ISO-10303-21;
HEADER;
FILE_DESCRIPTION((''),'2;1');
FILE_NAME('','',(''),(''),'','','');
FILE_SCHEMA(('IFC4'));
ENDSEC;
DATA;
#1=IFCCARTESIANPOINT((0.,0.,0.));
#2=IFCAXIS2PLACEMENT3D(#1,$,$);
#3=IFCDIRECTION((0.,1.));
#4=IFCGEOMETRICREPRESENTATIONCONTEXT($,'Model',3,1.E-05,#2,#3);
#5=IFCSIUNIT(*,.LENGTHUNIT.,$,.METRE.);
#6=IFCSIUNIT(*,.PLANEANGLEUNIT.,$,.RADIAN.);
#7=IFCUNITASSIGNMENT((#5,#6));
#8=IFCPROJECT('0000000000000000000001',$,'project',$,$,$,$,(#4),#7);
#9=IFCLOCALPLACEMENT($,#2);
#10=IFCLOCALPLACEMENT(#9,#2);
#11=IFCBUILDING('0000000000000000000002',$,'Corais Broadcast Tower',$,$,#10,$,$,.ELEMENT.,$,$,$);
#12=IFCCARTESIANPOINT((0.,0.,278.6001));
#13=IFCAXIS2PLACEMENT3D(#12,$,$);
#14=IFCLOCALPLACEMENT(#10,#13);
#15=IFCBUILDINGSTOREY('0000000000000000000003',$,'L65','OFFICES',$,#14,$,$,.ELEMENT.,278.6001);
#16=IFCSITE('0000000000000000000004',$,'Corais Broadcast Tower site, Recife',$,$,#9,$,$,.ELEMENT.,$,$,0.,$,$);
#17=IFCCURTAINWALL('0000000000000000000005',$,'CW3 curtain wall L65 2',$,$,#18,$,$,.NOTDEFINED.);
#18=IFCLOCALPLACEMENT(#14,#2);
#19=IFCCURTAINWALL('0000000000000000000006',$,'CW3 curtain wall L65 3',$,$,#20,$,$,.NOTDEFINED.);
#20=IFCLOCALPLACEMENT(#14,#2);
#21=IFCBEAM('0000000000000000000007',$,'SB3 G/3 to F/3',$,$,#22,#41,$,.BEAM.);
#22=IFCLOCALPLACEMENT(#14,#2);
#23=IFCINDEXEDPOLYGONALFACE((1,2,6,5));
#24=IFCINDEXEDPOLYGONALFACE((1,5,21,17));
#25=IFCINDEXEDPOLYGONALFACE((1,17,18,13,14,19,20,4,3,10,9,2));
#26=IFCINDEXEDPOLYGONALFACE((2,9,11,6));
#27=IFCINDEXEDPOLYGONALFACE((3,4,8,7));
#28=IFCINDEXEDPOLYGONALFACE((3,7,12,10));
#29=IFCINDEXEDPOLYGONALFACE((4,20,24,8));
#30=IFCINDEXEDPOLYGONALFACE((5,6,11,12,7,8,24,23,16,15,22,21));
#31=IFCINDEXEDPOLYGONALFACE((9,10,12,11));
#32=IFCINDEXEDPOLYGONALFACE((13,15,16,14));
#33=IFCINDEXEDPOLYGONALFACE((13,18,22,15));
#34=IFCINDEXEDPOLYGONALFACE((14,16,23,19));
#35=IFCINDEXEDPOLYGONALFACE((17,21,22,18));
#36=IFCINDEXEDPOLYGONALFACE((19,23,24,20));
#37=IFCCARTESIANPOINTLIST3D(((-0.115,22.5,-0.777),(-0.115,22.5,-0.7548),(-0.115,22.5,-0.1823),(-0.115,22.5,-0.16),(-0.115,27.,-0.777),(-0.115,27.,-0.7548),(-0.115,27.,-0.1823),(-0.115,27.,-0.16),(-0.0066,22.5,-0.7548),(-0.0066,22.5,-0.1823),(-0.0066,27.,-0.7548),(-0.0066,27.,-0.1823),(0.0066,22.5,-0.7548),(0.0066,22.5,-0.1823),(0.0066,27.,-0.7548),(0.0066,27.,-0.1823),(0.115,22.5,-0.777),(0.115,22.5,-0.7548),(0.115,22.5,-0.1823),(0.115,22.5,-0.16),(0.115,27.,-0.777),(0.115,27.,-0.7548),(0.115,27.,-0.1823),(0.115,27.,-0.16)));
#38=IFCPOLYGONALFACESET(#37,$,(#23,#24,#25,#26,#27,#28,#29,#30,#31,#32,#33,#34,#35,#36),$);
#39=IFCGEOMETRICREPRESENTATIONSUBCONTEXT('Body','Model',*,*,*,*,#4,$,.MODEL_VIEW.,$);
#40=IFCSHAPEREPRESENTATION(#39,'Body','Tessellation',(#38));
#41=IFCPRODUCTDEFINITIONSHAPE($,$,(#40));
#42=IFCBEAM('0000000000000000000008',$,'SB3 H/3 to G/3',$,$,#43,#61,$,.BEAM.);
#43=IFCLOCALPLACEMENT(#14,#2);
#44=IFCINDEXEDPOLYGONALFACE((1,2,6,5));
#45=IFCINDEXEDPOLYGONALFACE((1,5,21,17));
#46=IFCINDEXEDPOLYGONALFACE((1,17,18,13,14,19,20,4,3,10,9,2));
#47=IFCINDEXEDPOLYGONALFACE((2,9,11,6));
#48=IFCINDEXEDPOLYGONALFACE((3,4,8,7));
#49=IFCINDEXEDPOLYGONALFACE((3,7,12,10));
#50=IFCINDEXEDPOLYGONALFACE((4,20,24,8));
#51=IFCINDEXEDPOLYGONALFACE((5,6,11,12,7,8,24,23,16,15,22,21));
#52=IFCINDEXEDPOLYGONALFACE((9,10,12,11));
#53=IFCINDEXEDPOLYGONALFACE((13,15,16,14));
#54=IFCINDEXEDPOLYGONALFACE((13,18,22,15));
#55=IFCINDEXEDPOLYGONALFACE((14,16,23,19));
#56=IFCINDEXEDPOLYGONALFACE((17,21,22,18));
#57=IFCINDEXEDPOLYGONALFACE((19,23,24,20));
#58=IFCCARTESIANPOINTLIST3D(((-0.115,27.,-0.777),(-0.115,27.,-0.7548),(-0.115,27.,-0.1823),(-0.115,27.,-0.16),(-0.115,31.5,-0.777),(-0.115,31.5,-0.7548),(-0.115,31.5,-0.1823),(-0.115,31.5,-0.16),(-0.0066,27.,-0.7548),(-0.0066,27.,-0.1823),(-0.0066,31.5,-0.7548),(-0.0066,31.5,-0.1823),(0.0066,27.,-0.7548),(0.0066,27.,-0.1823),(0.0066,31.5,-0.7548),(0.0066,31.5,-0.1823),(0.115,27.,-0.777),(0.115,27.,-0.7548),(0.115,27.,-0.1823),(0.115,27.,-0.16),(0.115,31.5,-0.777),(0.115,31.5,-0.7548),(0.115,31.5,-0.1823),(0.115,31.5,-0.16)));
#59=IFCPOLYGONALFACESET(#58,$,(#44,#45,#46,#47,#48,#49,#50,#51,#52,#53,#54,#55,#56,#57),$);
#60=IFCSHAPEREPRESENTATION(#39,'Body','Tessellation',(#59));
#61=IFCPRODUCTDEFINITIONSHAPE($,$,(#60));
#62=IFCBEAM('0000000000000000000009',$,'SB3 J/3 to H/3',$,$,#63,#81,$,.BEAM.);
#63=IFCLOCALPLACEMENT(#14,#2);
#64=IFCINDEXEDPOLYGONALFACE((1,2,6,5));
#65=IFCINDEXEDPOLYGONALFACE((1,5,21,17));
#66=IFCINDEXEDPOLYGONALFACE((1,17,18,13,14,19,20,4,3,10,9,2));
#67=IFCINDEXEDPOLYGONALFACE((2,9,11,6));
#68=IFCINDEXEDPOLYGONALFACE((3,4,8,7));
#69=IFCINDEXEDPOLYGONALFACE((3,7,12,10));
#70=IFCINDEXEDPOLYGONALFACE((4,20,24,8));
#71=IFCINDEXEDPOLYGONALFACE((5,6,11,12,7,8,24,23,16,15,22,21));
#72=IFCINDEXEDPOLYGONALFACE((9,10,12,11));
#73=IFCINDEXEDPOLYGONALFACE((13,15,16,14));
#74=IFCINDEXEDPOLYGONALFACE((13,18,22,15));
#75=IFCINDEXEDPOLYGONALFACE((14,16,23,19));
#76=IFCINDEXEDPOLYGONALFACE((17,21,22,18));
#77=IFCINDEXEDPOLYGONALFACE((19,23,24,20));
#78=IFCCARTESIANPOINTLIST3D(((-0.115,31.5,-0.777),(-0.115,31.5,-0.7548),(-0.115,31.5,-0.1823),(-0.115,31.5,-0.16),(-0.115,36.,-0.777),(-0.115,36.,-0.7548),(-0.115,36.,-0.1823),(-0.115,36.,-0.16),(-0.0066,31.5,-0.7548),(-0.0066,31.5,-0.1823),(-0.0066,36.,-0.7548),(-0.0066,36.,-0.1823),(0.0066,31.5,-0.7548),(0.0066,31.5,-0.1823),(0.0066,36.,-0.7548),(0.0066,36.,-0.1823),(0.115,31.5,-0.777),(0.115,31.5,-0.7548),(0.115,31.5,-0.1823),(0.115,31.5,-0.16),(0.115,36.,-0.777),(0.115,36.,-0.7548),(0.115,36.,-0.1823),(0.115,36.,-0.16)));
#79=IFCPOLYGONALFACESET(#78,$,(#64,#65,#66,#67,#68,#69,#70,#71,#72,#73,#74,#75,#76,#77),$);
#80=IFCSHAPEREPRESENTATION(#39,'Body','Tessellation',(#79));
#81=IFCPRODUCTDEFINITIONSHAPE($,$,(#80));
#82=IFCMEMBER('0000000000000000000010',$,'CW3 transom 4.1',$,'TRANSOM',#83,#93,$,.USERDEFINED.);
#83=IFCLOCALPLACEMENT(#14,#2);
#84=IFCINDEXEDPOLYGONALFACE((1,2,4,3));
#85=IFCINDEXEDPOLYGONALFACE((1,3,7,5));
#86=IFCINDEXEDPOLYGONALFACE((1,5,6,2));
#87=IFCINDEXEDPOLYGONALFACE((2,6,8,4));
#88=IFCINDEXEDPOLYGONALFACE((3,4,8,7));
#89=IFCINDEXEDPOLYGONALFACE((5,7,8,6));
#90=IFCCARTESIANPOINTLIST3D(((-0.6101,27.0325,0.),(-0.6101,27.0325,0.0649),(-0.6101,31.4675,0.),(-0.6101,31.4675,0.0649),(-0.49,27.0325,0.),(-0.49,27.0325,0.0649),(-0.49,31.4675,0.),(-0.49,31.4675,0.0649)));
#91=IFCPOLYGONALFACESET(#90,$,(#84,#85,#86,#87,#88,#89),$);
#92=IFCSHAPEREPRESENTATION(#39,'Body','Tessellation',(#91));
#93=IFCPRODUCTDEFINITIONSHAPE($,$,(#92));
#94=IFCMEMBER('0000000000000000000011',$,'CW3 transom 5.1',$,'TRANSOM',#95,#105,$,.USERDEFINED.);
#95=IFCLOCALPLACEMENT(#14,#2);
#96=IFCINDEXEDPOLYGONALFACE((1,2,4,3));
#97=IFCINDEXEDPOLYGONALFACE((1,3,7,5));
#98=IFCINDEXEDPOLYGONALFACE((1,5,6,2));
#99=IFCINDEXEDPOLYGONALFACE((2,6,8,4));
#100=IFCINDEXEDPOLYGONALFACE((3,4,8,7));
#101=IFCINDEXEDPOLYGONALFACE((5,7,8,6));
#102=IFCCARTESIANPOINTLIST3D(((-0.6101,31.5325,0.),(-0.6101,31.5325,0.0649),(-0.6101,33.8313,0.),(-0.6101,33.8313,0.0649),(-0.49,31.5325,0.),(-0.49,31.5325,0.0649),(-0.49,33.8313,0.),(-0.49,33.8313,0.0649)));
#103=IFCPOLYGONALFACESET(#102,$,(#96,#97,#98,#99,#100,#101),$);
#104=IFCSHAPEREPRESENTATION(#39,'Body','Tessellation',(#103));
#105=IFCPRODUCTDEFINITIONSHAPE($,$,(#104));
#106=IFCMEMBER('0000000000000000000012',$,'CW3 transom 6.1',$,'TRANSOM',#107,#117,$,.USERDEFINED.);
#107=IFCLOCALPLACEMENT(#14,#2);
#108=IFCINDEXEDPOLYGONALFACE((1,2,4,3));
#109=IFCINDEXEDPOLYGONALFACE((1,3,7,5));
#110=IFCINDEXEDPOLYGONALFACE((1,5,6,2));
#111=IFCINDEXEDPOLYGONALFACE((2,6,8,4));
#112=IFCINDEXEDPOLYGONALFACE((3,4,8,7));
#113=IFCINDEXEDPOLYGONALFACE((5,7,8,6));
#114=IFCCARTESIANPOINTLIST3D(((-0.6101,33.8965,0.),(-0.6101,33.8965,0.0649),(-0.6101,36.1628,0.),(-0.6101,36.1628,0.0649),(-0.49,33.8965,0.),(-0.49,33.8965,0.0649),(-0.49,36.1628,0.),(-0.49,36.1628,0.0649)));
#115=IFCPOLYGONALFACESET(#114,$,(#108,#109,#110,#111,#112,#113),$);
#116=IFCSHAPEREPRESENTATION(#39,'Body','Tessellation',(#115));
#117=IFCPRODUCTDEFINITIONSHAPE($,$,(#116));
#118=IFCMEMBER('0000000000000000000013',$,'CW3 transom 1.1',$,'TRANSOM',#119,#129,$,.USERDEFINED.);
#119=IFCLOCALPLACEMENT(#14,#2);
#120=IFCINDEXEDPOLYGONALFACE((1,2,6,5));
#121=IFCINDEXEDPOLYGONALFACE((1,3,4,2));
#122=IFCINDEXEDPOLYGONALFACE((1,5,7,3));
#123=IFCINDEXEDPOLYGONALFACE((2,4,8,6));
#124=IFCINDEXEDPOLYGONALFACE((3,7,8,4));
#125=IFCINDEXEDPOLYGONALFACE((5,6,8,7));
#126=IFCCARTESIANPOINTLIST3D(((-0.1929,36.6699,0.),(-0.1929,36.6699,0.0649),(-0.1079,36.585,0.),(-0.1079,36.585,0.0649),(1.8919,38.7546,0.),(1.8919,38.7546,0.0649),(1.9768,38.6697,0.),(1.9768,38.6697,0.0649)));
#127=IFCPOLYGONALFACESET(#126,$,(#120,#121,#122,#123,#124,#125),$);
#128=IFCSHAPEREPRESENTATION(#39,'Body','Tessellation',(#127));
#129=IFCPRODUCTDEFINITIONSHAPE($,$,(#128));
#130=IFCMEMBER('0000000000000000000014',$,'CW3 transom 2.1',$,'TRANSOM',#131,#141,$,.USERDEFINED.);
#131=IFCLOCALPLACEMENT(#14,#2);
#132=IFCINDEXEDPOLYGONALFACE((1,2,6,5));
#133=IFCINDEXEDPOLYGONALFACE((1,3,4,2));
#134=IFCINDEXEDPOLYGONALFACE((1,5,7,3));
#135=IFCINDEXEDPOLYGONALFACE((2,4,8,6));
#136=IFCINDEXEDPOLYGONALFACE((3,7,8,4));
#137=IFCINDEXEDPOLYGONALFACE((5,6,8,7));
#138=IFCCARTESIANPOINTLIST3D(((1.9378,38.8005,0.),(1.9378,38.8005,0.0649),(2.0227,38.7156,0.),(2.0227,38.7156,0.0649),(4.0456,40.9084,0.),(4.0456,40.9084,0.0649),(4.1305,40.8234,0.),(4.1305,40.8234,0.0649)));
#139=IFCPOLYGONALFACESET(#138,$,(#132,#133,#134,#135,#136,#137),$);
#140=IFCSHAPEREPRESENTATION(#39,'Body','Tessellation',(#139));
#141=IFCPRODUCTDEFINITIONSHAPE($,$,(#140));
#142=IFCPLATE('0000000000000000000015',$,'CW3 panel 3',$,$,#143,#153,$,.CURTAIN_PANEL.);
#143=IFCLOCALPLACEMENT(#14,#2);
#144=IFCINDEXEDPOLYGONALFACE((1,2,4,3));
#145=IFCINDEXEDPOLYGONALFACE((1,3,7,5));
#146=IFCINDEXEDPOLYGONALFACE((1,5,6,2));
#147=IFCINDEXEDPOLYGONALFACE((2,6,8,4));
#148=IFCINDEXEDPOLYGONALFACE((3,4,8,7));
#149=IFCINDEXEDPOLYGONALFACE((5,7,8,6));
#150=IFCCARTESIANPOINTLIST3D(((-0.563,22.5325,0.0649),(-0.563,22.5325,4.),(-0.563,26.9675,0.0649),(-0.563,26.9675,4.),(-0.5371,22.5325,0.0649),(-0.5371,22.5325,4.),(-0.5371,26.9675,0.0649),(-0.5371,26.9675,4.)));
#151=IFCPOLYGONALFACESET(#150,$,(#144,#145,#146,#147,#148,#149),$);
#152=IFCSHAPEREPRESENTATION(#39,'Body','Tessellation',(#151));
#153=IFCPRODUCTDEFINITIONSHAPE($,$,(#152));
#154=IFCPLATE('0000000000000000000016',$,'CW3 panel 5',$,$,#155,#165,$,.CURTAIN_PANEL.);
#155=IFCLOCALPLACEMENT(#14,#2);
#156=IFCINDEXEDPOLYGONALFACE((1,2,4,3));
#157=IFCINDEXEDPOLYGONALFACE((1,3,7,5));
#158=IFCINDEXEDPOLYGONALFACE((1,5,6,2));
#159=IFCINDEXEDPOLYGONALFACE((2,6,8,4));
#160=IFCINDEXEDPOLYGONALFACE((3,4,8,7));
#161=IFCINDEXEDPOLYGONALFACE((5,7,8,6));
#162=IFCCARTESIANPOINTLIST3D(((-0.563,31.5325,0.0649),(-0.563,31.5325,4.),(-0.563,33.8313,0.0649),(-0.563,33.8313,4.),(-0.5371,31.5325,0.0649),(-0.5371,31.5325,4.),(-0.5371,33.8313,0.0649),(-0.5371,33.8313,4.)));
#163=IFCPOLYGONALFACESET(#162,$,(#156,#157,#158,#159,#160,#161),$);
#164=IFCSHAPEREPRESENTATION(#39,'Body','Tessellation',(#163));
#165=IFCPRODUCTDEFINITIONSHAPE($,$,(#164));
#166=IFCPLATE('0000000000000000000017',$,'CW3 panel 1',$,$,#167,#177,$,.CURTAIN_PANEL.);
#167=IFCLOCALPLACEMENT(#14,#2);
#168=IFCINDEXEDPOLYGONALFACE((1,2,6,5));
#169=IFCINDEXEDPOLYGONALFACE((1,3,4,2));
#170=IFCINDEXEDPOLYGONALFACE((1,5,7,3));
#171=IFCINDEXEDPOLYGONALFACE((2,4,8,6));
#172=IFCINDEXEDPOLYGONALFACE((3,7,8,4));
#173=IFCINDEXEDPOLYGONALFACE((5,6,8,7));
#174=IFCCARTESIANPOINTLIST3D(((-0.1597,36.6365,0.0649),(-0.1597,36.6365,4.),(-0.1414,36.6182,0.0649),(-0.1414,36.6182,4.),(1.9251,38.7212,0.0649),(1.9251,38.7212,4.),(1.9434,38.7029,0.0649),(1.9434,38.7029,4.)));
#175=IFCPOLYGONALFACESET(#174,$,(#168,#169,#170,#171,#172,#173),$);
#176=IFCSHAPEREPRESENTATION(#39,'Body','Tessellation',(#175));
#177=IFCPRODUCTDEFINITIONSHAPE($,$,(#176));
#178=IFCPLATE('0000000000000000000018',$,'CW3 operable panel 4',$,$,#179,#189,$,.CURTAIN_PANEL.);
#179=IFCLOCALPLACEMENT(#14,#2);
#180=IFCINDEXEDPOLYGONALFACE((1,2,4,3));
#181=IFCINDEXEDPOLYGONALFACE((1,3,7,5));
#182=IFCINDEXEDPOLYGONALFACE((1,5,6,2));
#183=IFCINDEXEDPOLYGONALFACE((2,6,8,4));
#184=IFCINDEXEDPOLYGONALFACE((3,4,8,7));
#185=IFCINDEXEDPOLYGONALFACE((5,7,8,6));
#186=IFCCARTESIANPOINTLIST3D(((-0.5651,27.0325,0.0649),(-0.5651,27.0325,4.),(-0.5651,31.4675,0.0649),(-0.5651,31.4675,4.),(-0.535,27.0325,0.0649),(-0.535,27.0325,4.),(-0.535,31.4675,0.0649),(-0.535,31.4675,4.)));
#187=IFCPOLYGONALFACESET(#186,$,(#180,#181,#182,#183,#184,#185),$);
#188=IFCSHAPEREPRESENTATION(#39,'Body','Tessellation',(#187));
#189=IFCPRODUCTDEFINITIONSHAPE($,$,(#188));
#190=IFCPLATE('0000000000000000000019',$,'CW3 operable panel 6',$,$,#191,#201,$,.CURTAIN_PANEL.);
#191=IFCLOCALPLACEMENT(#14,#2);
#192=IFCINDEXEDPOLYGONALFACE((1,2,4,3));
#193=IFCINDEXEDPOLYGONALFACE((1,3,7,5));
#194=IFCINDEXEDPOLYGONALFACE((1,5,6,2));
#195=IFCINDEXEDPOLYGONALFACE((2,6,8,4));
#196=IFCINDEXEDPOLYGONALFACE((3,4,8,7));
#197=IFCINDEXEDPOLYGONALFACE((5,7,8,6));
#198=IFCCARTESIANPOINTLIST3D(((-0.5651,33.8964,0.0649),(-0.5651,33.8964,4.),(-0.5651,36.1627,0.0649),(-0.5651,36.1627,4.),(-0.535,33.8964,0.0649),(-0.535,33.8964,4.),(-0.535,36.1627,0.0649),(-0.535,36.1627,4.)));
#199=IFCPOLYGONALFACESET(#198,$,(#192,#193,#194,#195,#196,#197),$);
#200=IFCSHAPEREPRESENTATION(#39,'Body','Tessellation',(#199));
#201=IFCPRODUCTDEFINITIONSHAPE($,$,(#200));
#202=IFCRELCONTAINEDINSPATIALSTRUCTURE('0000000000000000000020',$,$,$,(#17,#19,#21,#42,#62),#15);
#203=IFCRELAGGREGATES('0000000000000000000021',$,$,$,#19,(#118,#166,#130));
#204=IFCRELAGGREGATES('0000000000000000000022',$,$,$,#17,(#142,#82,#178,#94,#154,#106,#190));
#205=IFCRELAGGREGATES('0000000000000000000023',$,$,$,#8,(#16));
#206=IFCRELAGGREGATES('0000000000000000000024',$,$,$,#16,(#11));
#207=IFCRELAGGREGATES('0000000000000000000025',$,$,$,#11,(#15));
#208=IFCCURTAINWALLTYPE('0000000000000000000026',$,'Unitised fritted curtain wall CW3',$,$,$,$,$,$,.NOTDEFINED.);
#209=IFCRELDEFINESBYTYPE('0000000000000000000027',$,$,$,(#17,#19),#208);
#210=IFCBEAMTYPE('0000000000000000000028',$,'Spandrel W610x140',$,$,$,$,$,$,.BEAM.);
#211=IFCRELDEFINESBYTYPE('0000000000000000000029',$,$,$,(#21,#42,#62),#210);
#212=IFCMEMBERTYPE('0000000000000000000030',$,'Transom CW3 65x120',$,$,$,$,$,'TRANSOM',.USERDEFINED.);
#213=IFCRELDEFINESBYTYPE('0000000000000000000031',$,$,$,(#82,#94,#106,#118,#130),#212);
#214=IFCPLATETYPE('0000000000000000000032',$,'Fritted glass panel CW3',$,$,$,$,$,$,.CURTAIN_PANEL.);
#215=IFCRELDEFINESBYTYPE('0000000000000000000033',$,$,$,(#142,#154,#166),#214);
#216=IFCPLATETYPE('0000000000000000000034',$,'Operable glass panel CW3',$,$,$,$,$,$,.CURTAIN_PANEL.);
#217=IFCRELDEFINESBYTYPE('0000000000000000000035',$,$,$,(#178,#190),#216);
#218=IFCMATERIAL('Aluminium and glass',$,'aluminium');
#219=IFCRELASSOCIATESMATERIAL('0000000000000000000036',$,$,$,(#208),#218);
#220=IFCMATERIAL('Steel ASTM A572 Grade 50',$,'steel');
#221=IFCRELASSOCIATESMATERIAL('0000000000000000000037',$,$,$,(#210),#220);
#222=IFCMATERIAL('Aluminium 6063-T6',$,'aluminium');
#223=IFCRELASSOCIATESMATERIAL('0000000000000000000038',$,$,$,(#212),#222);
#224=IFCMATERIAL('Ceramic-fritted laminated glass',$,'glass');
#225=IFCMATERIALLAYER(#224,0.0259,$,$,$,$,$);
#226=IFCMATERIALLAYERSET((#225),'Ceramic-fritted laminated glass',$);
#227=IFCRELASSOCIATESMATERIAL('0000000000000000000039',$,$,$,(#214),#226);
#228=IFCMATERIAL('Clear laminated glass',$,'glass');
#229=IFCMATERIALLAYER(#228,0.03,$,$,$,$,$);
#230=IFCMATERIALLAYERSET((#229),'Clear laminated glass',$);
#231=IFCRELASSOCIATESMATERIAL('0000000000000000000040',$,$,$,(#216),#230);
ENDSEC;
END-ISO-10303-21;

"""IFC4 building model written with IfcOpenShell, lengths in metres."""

from ifc_helpers import new_model, si_unit, direction, frame, origin, origin_2d, place, context, subcontext, project, spatial, rectangle, i_section, extrude, material, layer, layer_set, material_profile, profile_set, type_object, element, aggregate, save


model = new_model("IFC4")

# Units and contexts
model_context = context("Model", 3, precision=1e-05, world=origin(), true_north=direction((0.0, 1.0)))
body_context = subcontext(model_context, "Body", "Model", "MODEL_VIEW")
ifc_project = project(units=[si_unit("LENGTHUNIT", "METRE"), si_unit("PLANEANGLEUNIT", "RADIAN")], contexts=[model_context])

# Site, building, storey
site_placement = place(None, origin())
site = spatial("IfcSite", under=ifc_project, at=site_placement, Name="Corais Broadcast Tower site, Recife", CompositionType="ELEMENT", RefElevation=0.0)
building_placement = place(site_placement, origin())
building = spatial("IfcBuilding", under=site, at=building_placement, Name="Corais Broadcast Tower", CompositionType="ELEMENT")
storey_placement = place(building_placement, frame((0.0, 0.0, 278.6001)))
storey = spatial("IfcBuildingStorey", under=building, at=storey_placement, Name="L65", Description="OFFICES", CompositionType="ELEMENT", Elevation=278.6001)

# Curtain walls
ifc_material_1 = material(Name="Aluminium and glass", Category="aluminium")
curtain_wall_type = type_object("IfcCurtainWallType", Name="Unitised fritted curtain wall CW3", PredefinedType="NOTDEFINED", material=ifc_material_1)
curtain_wall_1_placement = place(storey_placement, origin())
curtain_wall_1 = element("IfcCurtainWall", 1, at=curtain_wall_1_placement, inside=storey, type_object=curtain_wall_type, Name="CW3 curtain wall L65 2", PredefinedType="NOTDEFINED")
curtain_wall_2_placement = place(storey_placement, origin())
curtain_wall_2 = element("IfcCurtainWall", 2, at=curtain_wall_2_placement, inside=storey, type_object=curtain_wall_type, Name="CW3 curtain wall L65 3", PredefinedType="NOTDEFINED")

# Beams
ifc_material_2 = material(Name="Steel ASTM A572 Grade 50", Category="steel")
ifc_material_profile_1 = material_profile(ifc_material_2, i_section(OverallWidth=0.23, OverallDepth=0.6169, WebThickness=0.0132, FlangeThickness=0.0222, at=origin_2d()), Name="W610x140")
ifc_profile_set_1 = profile_set([ifc_material_profile_1], Name="Steel ASTM A572 Grade 50")
beam_type_1 = type_object("IfcBeamType", Name="Spandrel W610x140", PredefinedType="BEAM", material=ifc_profile_set_1)
for number, where, z_axis, x_axis, name in (
    (3, (0.0, 27.0, -0.4685), (0.0, -1.0, 0.0), (1.0, 0.0, 0.0), "SB3 G/3 to F/3"),
    (4, (0.0, 31.5, -0.4685), (0.0, -1.0, 0.0), (1.0, 0.0, 0.0), "SB3 H/3 to G/3"),
    (5, (0.0, 36.0, -0.4685), (0.0, -1.0, 0.0), (1.0, 0.0, 0.0), "SB3 J/3 to H/3"),
):
    element("IfcBeam", number, at=place(storey_placement, frame(where, z_axis=z_axis, x_axis=x_axis)), inside=storey, type_object=beam_type_1, Name=name, PredefinedType="BEAM", context=body_context, shape_type="SweptSolid", body=[
        extrude(i_section(OverallWidth=0.23, OverallDepth=0.6169, WebThickness=0.0132, FlangeThickness=0.0222, at=origin_2d()), origin(), (0.0, 0.0, 1.0), 4.5),
    ])

# Members
ifc_material_3 = material(Name="Aluminium 6063-T6", Category="aluminium")
ifc_material_profile_2 = material_profile(ifc_material_3, rectangle(XDim=0.1201, YDim=0.0649, at=origin_2d()), Name="Transom CW3 65x120")
ifc_profile_set_2 = profile_set([ifc_material_profile_2], Name="Aluminium 6063-T6")
member_type_1 = type_object("IfcMemberType", Name="Transom CW3 65x120", ElementType="TRANSOM", PredefinedType="USERDEFINED", material=ifc_profile_set_2)
member_1_placement = place(storey_placement, frame((-0.55, 27.0325, 0.0325), z_axis=(0.0, 1.0, 0.0), x_axis=(-1.0, 0.0, 0.0)))
member_1 = element("IfcMember", 6, at=member_1_placement, type_object=member_type_1, Name="CW3 transom 4.1", ObjectType="TRANSOM", PredefinedType="USERDEFINED", context=body_context, shape_type="SweptSolid", body=[
    extrude(rectangle(XDim=0.1201, YDim=0.0649, at=origin_2d()), origin(), (0.0, 0.0, 1.0), 4.4351),
])
member_2_placement = place(storey_placement, frame((-0.55, 31.5325, 0.0325), z_axis=(0.0, 1.0, 0.0), x_axis=(-1.0, 0.0, 0.0)))
member_2 = element("IfcMember", 7, at=member_2_placement, type_object=member_type_1, Name="CW3 transom 5.1", ObjectType="TRANSOM", PredefinedType="USERDEFINED", context=body_context, shape_type="SweptSolid", body=[
    extrude(rectangle(XDim=0.1201, YDim=0.0649, at=origin_2d()), origin(), (0.0, 0.0, 1.0), 2.2988),
])
member_3_placement = place(storey_placement, frame((-0.55, 33.8965, 0.0325), z_axis=(0.0, 1.0, 0.0), x_axis=(-1.0, 0.0, 0.0)))
member_3 = element("IfcMember", 8, at=member_3_placement, type_object=member_type_1, Name="CW3 transom 6.1", ObjectType="TRANSOM", PredefinedType="USERDEFINED", context=body_context, shape_type="SweptSolid", body=[
    extrude(rectangle(XDim=0.1201, YDim=0.0649, at=origin_2d()), origin(), (0.0, 0.0, 1.0), 2.2664),
])
member_4_placement = place(storey_placement, frame((-0.1504, 36.6274, 0.0325), z_axis=(0.707107, 0.707107, 0.0), x_axis=(-0.707107, 0.707107, 0.0)))
member_4 = element("IfcMember", 9, at=member_4_placement, type_object=member_type_1, Name="CW3 transom 1.1", ObjectType="TRANSOM", PredefinedType="USERDEFINED", context=body_context, shape_type="SweptSolid", body=[
    extrude(rectangle(XDim=0.1201, YDim=0.0649, at=origin_2d()), origin(), (0.0, 0.0, 1.0), 2.9482),
])
member_5_placement = place(storey_placement, frame((1.9802, 38.7581, 0.0325), z_axis=(0.707107, 0.707107, 0.0), x_axis=(-0.707107, 0.707107, 0.0)))
member_5 = element("IfcMember", 10, at=member_5_placement, type_object=member_type_1, Name="CW3 transom 2.1", ObjectType="TRANSOM", PredefinedType="USERDEFINED", context=body_context, shape_type="SweptSolid", body=[
    extrude(rectangle(XDim=0.1201, YDim=0.0649, at=origin_2d()), origin(), (0.0, 0.0, 1.0), 2.981),
])

# Plates
ifc_material_4 = material(Name="Ceramic-fritted laminated glass", Category="glass")
ifc_layer_1 = layer(ifc_material_4, 0.0259)
ifc_layer_set_1 = layer_set([ifc_layer_1], Name="Ceramic-fritted laminated glass")
plate_type_1 = type_object("IfcPlateType", Name="Fritted glass panel CW3", PredefinedType="CURTAIN_PANEL", material=ifc_layer_set_1)
plate_1_placement = place(storey_placement, frame((-0.55, 24.75, 0.0649), z_axis=(0.0, 0.0, 1.0), x_axis=(0.0, 1.0, 0.0)))
plate_1 = element("IfcPlate", 11, at=plate_1_placement, type_object=plate_type_1, Name="CW3 panel 3", PredefinedType="CURTAIN_PANEL", context=body_context, shape_type="SweptSolid", body=[
    extrude(rectangle(XDim=4.4351, YDim=0.0259, at=origin_2d()), origin(), (0.0, 0.0, 1.0), 3.9351),
])
plate_2_placement = place(storey_placement, frame((-0.55, 32.6819, 0.0649), z_axis=(0.0, 0.0, 1.0), x_axis=(0.0, 1.0, 0.0)))
plate_2 = element("IfcPlate", 12, at=plate_2_placement, type_object=plate_type_1, Name="CW3 panel 5", PredefinedType="CURTAIN_PANEL", context=body_context, shape_type="SweptSolid", body=[
    extrude(rectangle(XDim=2.2988, YDim=0.0259, at=origin_2d()), origin(), (0.0, 0.0, 1.0), 3.9351),
])
plate_3_placement = place(storey_placement, frame((0.8918, 37.6697, 0.0649), z_axis=(0.0, 0.0, 1.0), x_axis=(0.707107, 0.707107, 0.0)))
plate_3 = element("IfcPlate", 13, at=plate_3_placement, type_object=plate_type_1, Name="CW3 panel 1", PredefinedType="CURTAIN_PANEL", context=body_context, shape_type="SweptSolid", body=[
    extrude(rectangle(XDim=2.9482, YDim=0.0259, at=origin_2d()), origin(), (0.0, 0.0, 1.0), 3.9351),
])
aggregate(curtain_wall_2, [member_4, plate_3, member_5])
ifc_material_5 = material(Name="Clear laminated glass", Category="glass")
ifc_layer_2 = layer(ifc_material_5, 0.03)
ifc_layer_set_2 = layer_set([ifc_layer_2], Name="Clear laminated glass")
plate_type_2 = type_object("IfcPlateType", Name="Operable glass panel CW3", PredefinedType="CURTAIN_PANEL", material=ifc_layer_set_2)
plate_4_placement = place(storey_placement, frame((-0.55, 29.25, 0.0649), z_axis=(0.0, 0.0, 1.0), x_axis=(0.0, 1.0, 0.0)))
plate_4 = element("IfcPlate", 14, at=plate_4_placement, type_object=plate_type_2, Name="CW3 operable panel 4", PredefinedType="CURTAIN_PANEL", context=body_context, shape_type="SweptSolid", body=[
    extrude(rectangle(XDim=4.4351, YDim=0.03, at=origin_2d()), origin(), (0.0, 0.0, 1.0), 3.9351),
])
plate_5_placement = place(storey_placement, frame((-0.55, 35.0295, 0.0649), z_axis=(0.0, 0.0, 1.0), x_axis=(0.0, 1.0, 0.0)))
plate_5 = element("IfcPlate", 15, at=plate_5_placement, type_object=plate_type_2, Name="CW3 operable panel 6", PredefinedType="CURTAIN_PANEL", context=body_context, shape_type="SweptSolid", body=[
    extrude(rectangle(XDim=2.2664, YDim=0.03, at=origin_2d()), origin(), (0.0, 0.0, 1.0), 3.9351),
])
aggregate(curtain_wall_1, [plate_1, member_1, plate_4, member_2, plate_2, member_3, plate_5])

save(model, "model.ifc")
